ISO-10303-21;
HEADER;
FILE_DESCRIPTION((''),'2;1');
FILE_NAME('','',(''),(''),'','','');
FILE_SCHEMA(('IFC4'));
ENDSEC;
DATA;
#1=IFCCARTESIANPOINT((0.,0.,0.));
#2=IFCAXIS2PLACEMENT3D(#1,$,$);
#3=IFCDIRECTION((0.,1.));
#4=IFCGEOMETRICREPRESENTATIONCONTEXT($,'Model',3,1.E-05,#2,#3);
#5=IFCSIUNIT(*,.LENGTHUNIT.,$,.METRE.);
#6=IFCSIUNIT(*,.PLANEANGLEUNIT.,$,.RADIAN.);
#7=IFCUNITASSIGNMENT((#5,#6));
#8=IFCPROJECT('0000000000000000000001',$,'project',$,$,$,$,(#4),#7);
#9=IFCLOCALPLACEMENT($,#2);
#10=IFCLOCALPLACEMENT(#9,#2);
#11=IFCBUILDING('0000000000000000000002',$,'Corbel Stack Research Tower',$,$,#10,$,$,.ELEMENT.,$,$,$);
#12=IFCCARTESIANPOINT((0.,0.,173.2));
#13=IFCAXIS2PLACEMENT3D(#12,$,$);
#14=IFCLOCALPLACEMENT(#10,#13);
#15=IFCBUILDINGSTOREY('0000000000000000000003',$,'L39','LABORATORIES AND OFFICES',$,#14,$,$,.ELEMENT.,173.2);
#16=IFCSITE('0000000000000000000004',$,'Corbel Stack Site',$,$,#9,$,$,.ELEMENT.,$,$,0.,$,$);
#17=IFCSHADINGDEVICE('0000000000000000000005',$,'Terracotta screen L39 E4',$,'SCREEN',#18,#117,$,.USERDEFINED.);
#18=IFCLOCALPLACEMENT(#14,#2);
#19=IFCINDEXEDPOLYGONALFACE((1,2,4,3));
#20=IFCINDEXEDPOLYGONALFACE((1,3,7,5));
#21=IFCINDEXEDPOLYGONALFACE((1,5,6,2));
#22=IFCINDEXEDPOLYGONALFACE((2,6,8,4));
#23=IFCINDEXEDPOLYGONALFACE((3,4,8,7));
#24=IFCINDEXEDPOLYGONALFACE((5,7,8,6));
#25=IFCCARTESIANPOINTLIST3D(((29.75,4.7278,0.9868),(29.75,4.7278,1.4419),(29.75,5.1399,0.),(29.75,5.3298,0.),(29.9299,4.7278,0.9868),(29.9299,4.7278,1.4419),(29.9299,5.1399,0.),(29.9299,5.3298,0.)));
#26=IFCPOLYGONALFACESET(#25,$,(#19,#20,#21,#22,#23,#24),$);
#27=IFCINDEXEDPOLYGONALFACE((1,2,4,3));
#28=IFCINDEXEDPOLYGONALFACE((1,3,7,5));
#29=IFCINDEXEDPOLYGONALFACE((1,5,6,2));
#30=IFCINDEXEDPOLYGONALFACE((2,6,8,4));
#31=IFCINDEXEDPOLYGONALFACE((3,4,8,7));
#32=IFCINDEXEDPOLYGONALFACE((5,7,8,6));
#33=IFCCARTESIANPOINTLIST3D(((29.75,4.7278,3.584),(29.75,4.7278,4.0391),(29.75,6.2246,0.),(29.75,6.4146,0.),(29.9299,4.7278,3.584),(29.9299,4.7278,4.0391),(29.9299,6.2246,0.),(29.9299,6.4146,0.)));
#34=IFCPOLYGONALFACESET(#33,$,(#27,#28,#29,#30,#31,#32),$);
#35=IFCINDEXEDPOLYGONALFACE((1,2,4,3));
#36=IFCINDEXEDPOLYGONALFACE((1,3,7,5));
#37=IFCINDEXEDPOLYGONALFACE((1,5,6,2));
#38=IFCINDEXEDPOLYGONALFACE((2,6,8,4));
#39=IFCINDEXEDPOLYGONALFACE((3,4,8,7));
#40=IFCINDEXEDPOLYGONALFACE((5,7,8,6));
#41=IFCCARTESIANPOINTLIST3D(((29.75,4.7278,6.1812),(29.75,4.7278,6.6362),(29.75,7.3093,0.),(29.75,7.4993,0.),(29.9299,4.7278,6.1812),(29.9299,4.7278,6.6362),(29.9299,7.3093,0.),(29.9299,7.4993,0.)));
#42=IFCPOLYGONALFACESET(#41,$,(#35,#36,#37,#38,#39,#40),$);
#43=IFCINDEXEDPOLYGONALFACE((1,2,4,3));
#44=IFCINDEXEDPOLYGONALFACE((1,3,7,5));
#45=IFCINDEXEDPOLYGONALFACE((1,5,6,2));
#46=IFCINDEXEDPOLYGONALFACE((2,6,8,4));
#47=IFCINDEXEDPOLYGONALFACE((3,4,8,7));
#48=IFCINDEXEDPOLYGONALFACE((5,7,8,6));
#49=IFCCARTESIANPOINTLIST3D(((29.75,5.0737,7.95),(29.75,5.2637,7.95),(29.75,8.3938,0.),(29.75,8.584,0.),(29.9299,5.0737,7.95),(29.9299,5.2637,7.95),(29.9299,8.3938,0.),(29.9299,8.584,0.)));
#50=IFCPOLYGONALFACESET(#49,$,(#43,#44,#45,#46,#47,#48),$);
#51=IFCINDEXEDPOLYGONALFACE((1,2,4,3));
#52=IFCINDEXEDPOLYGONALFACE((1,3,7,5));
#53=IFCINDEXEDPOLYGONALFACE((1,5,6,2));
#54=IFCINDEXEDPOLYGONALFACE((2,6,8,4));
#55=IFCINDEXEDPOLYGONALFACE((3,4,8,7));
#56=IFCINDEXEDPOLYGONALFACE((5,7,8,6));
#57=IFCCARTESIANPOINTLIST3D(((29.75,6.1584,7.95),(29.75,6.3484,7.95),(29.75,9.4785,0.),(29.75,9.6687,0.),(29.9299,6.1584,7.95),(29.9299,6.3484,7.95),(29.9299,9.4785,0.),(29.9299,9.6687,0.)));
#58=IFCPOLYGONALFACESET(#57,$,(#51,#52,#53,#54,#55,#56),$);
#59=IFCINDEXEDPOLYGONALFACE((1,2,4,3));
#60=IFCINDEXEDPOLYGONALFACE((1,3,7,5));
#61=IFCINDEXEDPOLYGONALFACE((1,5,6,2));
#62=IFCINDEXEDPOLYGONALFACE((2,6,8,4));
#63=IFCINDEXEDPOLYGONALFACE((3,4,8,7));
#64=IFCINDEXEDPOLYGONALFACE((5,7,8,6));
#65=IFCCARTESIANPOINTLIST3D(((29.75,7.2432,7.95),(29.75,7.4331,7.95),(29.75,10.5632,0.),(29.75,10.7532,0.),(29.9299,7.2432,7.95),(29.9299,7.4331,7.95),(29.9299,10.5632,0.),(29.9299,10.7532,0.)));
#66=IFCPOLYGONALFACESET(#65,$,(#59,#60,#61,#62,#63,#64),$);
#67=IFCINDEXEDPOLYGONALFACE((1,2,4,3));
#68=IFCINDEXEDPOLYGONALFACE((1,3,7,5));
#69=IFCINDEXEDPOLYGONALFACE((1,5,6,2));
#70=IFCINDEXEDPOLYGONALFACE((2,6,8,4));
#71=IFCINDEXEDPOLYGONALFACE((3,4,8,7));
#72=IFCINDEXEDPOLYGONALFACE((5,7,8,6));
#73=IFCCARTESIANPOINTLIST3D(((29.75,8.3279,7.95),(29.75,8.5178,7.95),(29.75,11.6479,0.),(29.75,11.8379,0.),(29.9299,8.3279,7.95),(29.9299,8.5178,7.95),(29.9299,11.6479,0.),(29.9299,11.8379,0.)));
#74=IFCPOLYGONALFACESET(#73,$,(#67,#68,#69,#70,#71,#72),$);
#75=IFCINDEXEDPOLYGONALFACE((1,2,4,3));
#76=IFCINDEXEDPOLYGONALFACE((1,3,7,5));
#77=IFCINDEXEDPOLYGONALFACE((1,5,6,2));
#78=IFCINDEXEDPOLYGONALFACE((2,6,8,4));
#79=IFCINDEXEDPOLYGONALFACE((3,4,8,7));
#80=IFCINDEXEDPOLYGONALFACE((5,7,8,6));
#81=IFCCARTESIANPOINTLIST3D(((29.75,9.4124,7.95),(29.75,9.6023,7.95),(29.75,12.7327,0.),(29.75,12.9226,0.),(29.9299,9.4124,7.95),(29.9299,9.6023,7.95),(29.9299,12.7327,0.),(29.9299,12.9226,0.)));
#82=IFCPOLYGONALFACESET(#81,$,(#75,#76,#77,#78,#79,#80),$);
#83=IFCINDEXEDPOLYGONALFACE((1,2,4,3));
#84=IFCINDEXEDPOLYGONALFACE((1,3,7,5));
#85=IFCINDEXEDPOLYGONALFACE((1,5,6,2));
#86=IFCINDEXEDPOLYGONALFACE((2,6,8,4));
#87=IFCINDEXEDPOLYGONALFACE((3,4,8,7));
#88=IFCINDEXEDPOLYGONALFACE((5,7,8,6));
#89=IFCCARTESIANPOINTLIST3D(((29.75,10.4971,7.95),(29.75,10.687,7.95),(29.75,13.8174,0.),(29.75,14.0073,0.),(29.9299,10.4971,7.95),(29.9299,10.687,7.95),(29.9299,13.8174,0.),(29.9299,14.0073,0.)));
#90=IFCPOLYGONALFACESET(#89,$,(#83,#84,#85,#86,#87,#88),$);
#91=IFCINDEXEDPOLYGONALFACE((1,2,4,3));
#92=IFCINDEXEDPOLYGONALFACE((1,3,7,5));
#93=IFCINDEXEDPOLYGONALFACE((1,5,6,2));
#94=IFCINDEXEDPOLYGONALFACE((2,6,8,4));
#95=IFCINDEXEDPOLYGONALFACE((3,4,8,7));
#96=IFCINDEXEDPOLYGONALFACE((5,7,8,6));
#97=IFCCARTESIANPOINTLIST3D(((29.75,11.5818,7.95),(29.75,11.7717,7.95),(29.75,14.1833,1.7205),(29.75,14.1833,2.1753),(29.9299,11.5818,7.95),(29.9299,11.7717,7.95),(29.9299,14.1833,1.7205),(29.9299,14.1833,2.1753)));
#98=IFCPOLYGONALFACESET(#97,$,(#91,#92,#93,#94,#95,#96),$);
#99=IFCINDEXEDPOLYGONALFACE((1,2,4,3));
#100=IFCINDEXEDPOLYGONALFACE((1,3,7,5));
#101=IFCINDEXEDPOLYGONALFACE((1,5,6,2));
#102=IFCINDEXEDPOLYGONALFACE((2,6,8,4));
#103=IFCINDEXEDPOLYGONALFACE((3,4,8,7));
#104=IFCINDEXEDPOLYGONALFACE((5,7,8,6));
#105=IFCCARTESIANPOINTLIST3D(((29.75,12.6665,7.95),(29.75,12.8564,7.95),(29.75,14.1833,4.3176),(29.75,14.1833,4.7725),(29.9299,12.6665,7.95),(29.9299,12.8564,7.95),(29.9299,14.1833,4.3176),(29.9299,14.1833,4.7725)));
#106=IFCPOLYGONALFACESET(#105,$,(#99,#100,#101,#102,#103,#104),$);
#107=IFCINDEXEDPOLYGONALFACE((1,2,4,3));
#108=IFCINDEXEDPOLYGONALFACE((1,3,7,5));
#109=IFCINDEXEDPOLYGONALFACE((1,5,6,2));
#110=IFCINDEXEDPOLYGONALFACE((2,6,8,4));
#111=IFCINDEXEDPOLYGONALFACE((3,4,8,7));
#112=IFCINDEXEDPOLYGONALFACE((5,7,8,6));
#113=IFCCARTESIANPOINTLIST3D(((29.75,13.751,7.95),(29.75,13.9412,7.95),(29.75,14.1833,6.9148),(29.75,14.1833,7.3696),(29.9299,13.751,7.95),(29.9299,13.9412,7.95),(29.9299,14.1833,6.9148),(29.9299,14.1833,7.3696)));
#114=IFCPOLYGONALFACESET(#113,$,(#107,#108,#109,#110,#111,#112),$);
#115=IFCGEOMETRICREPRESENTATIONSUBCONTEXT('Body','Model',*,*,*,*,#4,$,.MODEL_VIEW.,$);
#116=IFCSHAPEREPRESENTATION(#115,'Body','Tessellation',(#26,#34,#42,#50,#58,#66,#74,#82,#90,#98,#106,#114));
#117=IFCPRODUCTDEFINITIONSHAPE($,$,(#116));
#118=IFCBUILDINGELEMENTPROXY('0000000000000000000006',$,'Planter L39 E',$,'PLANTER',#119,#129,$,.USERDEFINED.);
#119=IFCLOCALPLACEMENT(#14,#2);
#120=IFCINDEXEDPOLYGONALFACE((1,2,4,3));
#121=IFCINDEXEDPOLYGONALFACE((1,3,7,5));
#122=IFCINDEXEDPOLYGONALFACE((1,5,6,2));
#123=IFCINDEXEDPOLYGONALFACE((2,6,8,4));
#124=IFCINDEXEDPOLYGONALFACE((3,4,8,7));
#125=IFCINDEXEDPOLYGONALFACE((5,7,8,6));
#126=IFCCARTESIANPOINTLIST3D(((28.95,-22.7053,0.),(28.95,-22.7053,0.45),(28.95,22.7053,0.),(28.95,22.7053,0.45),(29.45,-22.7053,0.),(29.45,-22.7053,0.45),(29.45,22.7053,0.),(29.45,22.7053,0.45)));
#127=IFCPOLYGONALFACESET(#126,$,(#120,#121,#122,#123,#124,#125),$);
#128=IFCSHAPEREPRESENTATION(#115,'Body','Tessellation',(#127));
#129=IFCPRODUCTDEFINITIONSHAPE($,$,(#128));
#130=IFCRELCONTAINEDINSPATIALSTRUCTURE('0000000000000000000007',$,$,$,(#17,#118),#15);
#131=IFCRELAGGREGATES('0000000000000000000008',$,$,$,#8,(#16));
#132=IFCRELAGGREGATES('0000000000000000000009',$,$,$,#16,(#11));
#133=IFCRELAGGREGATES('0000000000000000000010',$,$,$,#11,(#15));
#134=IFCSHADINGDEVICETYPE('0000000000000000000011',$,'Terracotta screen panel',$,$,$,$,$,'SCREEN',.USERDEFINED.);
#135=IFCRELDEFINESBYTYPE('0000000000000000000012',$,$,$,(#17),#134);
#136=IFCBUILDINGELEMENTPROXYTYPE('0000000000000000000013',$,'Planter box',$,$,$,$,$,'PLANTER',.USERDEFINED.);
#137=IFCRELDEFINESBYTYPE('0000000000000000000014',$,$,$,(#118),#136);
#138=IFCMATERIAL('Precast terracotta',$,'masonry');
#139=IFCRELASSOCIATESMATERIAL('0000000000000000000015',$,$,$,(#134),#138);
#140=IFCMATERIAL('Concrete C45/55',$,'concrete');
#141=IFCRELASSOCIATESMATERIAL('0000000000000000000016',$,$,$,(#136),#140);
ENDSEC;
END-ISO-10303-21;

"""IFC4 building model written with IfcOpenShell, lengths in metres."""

from ifc_helpers import new_model, si_unit, direction, frame, origin, origin_2d, place, context, subcontext, project, spatial, polyline, rectangle, outline, extrude, source, transform, mapped, material, type_object, element, save


model = new_model("IFC4")

# Units and contexts
model_context = context("Model", 3, precision=1e-05, world=origin(), true_north=direction((0.0, 1.0)))
body_context = subcontext(model_context, "Body", "Model", "MODEL_VIEW")
ifc_project = project(units=[si_unit("LENGTHUNIT", "METRE"), si_unit("PLANEANGLEUNIT", "RADIAN")], contexts=[model_context])

# Site, building, storey
site_placement = place(None, origin())
site = spatial("IfcSite", under=ifc_project, at=site_placement, Name="Corbel Stack Site", CompositionType="ELEMENT", RefElevation=0.0)
building_placement = place(site_placement, origin())
building = spatial("IfcBuilding", under=site, at=building_placement, Name="Corbel Stack Research Tower", CompositionType="ELEMENT")
storey_placement = place(building_placement, frame((0.0, 0.0, 173.2)))
storey = spatial("IfcBuildingStorey", under=building, at=storey_placement, Name="L39", Description="LABORATORIES AND OFFICES", CompositionType="ELEMENT", Elevation=173.2)

# Shading device
ifc_material_1 = material(Name="Precast terracotta", Category="masonry")
shading_device_type = type_object("IfcShadingDeviceType", Name="Terracotta screen panel", ElementType="SCREEN", PredefinedType="USERDEFINED", material=ifc_material_1)
shared_shape_1 = source(origin(), body_context, "Body", "SweptSolid", [
    extrude(outline(polyline([(0.6021, 0.0), (0.0, 1.4419), (0.0, 0.9868), (0.4121, 0.0), (0.6021, 0.0)])), frame((0.0, 0.0, 0.0), z_axis=(0.0, -1.0, 0.0), x_axis=(1.0, 0.0, 0.0)), (0.0, 0.0, 1.0), 0.1799),
    extrude(outline(polyline([(1.6868, 0.0), (0.0, 4.0391), (0.0, 3.584), (1.4968, 0.0), (1.6868, 0.0)])), frame((0.0, 0.0, 0.0), z_axis=(0.0, -1.0, 0.0), x_axis=(1.0, 0.0, 0.0)), (0.0, 0.0, 1.0), 0.1799),
    extrude(outline(polyline([(2.7715, 0.0), (0.0, 6.6362), (0.0, 6.1812), (2.5815, 0.0), (2.7715, 0.0)])), frame((0.0, 0.0, 0.0), z_axis=(0.0, -1.0, 0.0), x_axis=(1.0, 0.0, 0.0)), (0.0, 0.0, 1.0), 0.1799),
    extrude(outline(polyline([(3.8562, 0.0), (0.5359, 7.95), (0.3459, 7.95), (3.666, 0.0), (3.8562, 0.0)])), frame((0.0, 0.0, 0.0), z_axis=(0.0, -1.0, 0.0), x_axis=(1.0, 0.0, 0.0)), (0.0, 0.0, 1.0), 0.1799),
    extrude(outline(polyline([(4.9409, 0.0), (1.6206, 7.95), (1.4307, 7.95), (4.7507, 0.0), (4.9409, 0.0)])), frame((0.0, 0.0, 0.0), z_axis=(0.0, -1.0, 0.0), x_axis=(1.0, 0.0, 0.0)), (0.0, 0.0, 1.0), 0.1799),
    extrude(outline(polyline([(6.0254, 0.0), (2.7053, 7.95), (2.5154, 7.95), (5.8354, 0.0), (6.0254, 0.0)])), frame((0.0, 0.0, 0.0), z_axis=(0.0, -1.0, 0.0), x_axis=(1.0, 0.0, 0.0)), (0.0, 0.0, 1.0), 0.1799),
    extrude(outline(polyline([(7.1101, 0.0), (3.79, 7.95), (3.6001, 7.95), (6.9202, 0.0), (7.1101, 0.0)])), frame((0.0, 0.0, 0.0), z_axis=(0.0, -1.0, 0.0), x_axis=(1.0, 0.0, 0.0)), (0.0, 0.0, 1.0), 0.1799),
    extrude(outline(polyline([(8.1948, 0.0), (4.8745, 7.95), (4.6846, 7.95), (8.0049, 0.0), (8.1948, 0.0)])), frame((0.0, 0.0, 0.0), z_axis=(0.0, -1.0, 0.0), x_axis=(1.0, 0.0, 0.0)), (0.0, 0.0, 1.0), 0.1799),
    extrude(outline(polyline([(9.2795, 0.0), (5.9592, 7.95), (5.7693, 7.95), (9.0896, 0.0), (9.2795, 0.0)])), frame((0.0, 0.0, 0.0), z_axis=(0.0, -1.0, 0.0), x_axis=(1.0, 0.0, 0.0)), (0.0, 0.0, 1.0), 0.1799),
    extrude(outline(polyline([(7.0439, 7.95), (6.854, 7.95), (9.4556, 1.7205), (9.4556, 2.1753), (7.0439, 7.95)])), frame((0.0, 0.0, 0.0), z_axis=(0.0, -1.0, 0.0), x_axis=(1.0, 0.0, 0.0)), (0.0, 0.0, 1.0), 0.1799),
    extrude(outline(polyline([(8.1287, 7.95), (7.9387, 7.95), (9.4556, 4.3176), (9.4556, 4.7725), (8.1287, 7.95)])), frame((0.0, 0.0, 0.0), z_axis=(0.0, -1.0, 0.0), x_axis=(1.0, 0.0, 0.0)), (0.0, 0.0, 1.0), 0.1799),
    extrude(outline(polyline([(9.2134, 7.95), (9.0232, 7.95), (9.4556, 6.9148), (9.4556, 7.3696), (9.2134, 7.95)])), frame((0.0, 0.0, 0.0), z_axis=(0.0, -1.0, 0.0), x_axis=(1.0, 0.0, 0.0)), (0.0, 0.0, 1.0), 0.1799),
])
shading_device_1_placement = place(storey_placement, frame((29.75, 4.7278, 0.0), z_axis=(0.0, 0.0, 1.0), x_axis=(0.0, 1.0, 0.0)))
element("IfcShadingDevice", 1, at=shading_device_1_placement, inside=storey, type_object=shading_device_type, Name="Terracotta screen L39 E4", ObjectType="SCREEN", PredefinedType="USERDEFINED", context=body_context, shape_type="MappedRepresentation", body=[
    mapped(shared_shape_1, transform((0.0, 0.0, 0.0))),
])

# Building element proxy
ifc_material_2 = material(Name="Concrete C45/55", Category="concrete")
building_element_proxy_type = type_object("IfcBuildingElementProxyType", Name="Planter box", ElementType="PLANTER", PredefinedType="USERDEFINED", material=ifc_material_2)
proxy_placement = place(storey_placement, frame((29.2, 0.0, 0.0), z_axis=(0.0, 0.0, 1.0), x_axis=(0.0, 1.0, 0.0)))
element("IfcBuildingElementProxy", 2, at=proxy_placement, inside=storey, type_object=building_element_proxy_type, Name="Planter L39 E", ObjectType="PLANTER", PredefinedType="USERDEFINED", context=body_context, shape_type="SweptSolid", body=[
    extrude(rectangle(XDim=45.4106, YDim=0.5, at=origin_2d()), origin(), (0.0, 0.0, 1.0), 0.45),
])

save(model, "model.ifc")
